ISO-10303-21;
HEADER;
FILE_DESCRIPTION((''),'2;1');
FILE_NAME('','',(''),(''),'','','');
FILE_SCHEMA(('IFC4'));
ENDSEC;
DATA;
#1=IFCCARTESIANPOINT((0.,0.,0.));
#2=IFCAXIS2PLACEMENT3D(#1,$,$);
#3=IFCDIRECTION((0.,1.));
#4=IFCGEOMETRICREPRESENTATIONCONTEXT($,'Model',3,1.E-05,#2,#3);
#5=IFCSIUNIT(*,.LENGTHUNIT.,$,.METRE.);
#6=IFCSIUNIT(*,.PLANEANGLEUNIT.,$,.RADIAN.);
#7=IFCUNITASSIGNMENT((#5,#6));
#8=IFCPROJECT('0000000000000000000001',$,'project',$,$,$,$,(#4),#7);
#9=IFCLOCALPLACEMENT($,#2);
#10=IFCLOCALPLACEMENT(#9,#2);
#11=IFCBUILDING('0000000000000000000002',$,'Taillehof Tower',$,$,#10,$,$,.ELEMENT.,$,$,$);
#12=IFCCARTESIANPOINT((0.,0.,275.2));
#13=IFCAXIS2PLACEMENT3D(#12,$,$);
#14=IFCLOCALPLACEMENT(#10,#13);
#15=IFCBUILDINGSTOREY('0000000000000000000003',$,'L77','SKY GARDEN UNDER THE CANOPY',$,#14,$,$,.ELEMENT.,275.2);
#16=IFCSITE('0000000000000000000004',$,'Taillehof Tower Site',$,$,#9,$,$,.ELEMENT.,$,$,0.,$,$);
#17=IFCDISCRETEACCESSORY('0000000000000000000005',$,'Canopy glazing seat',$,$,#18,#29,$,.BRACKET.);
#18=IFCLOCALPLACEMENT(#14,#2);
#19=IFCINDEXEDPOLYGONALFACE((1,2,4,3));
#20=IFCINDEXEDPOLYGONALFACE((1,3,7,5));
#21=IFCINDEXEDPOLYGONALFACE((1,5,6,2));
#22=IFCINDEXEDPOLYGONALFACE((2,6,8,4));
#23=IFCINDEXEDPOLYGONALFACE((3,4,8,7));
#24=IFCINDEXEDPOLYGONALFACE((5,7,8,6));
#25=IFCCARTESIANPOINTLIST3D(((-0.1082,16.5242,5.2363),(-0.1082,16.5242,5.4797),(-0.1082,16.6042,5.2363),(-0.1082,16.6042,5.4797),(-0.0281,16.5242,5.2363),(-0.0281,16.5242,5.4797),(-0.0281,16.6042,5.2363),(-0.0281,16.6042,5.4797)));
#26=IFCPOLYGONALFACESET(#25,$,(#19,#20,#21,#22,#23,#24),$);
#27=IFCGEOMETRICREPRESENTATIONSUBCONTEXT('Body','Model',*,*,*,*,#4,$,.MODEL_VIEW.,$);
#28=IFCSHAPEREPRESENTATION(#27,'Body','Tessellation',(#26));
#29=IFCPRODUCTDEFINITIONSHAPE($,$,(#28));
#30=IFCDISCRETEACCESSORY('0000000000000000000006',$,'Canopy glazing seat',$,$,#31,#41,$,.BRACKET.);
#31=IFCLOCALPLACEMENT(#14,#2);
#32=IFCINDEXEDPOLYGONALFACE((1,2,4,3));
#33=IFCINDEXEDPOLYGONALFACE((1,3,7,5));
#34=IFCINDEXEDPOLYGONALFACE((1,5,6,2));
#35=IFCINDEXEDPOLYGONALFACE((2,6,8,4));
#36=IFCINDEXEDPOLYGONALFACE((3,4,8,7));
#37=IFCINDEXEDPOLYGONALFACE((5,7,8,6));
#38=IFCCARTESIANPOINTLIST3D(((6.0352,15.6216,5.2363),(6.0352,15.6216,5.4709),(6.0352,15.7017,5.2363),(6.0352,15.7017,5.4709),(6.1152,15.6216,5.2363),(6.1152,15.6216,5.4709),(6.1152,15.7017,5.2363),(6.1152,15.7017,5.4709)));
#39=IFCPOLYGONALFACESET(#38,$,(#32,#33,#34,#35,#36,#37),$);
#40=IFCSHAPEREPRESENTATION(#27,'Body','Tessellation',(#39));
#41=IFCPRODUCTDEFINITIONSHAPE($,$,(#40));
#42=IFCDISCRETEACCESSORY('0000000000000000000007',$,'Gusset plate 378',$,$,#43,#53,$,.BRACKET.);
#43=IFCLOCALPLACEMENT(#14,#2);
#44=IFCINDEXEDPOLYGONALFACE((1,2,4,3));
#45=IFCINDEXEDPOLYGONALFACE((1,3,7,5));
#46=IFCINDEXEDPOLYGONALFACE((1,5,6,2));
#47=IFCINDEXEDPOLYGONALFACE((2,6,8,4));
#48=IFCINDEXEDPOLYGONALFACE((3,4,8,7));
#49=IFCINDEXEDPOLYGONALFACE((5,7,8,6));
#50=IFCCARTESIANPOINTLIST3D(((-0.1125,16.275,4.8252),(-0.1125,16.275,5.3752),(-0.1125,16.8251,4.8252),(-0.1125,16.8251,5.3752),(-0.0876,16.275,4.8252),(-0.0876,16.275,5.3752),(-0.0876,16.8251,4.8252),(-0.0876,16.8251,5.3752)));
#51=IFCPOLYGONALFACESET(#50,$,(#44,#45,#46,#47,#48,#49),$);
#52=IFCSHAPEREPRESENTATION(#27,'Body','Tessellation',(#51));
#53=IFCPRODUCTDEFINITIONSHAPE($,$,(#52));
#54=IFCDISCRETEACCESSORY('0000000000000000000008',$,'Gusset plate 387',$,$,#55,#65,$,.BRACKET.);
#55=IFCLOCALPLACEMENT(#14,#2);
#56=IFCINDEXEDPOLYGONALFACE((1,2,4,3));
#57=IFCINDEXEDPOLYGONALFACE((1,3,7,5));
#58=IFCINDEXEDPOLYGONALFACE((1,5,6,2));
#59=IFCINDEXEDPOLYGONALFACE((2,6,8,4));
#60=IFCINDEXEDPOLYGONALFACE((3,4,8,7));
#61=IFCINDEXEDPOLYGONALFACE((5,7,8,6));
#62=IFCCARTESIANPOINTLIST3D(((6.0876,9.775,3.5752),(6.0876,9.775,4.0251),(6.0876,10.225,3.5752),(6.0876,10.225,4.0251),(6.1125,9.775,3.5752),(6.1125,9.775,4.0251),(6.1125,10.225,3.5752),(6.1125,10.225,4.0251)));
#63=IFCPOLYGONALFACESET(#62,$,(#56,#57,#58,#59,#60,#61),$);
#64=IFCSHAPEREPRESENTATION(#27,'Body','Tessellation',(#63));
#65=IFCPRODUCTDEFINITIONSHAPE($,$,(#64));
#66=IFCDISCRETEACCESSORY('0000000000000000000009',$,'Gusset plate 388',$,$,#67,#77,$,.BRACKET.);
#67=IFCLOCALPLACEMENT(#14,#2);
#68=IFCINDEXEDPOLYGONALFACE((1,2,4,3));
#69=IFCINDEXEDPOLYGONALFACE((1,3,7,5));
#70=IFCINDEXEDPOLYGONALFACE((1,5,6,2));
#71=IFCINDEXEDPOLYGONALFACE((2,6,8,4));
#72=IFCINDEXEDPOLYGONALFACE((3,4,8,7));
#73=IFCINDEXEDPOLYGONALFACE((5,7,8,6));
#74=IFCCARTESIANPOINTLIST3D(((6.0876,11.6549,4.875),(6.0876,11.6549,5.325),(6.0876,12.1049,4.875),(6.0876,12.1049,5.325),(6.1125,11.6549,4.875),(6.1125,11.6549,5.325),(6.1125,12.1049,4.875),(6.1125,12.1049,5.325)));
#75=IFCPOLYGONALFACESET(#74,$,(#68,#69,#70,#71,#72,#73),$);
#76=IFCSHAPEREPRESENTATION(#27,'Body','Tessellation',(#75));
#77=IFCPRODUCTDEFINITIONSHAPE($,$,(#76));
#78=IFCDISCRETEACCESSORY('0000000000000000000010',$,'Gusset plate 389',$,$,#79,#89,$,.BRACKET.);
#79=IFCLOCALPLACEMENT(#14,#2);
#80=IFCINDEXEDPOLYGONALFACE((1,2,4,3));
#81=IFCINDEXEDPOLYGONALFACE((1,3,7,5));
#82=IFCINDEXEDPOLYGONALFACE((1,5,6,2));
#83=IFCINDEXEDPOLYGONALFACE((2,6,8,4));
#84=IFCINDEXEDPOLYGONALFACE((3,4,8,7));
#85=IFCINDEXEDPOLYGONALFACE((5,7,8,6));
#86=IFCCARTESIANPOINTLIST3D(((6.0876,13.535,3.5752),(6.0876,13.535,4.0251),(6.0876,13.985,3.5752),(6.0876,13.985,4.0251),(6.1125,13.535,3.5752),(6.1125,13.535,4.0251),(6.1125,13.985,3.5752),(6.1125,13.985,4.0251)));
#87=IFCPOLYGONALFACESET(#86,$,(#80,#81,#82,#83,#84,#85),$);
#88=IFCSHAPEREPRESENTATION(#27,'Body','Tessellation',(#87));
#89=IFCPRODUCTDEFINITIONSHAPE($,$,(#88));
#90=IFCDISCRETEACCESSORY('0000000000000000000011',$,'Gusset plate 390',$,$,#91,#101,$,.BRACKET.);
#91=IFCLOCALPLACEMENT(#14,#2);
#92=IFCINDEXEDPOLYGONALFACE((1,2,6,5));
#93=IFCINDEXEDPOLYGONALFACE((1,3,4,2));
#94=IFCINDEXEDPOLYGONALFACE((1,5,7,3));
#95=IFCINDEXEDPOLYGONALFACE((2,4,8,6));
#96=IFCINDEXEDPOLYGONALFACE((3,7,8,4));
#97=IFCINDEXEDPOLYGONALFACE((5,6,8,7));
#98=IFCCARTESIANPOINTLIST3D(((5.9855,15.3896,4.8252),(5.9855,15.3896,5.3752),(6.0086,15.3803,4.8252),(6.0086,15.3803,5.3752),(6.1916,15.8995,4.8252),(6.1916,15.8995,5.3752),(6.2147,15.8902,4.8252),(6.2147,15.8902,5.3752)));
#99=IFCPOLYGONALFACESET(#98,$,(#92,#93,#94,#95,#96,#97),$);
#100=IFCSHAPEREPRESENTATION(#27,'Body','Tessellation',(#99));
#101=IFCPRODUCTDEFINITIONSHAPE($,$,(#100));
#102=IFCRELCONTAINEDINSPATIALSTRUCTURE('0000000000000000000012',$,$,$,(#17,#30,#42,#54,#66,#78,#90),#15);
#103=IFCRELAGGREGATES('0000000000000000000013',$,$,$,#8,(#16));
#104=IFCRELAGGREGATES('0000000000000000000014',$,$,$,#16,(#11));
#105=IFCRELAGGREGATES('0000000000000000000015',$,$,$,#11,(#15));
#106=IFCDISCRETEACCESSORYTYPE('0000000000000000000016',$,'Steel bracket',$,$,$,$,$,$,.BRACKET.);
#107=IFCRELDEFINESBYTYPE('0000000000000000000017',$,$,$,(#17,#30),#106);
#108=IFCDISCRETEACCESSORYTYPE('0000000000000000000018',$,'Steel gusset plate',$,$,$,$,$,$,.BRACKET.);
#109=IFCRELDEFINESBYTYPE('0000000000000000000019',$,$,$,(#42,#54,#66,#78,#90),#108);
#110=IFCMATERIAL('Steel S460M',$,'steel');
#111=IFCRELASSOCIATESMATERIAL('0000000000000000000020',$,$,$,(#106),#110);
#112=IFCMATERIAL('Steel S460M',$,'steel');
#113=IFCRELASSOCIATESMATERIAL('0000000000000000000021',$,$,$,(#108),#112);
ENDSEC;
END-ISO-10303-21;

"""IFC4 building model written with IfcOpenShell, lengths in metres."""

from ifc_helpers import new_model, si_unit, direction, frame, origin, origin_2d, place, context, subcontext, project, spatial, rectangle, extrude, material, type_object, element, save


model = new_model("IFC4")

# Units and contexts
model_context = context("Model", 3, precision=1e-05, world=origin(), true_north=direction((0.0, 1.0)))
body_context = subcontext(model_context, "Body", "Model", "MODEL_VIEW")
ifc_project = project(units=[si_unit("LENGTHUNIT", "METRE"), si_unit("PLANEANGLEUNIT", "RADIAN")], contexts=[model_context])

# Site, building, storey
site_placement = place(None, origin())
site = spatial("IfcSite", under=ifc_project, at=site_placement, Name="Taillehof Tower Site", CompositionType="ELEMENT", RefElevation=0.0)
building_placement = place(site_placement, origin())
building = spatial("IfcBuilding", under=site, at=building_placement, Name="Taillehof Tower", CompositionType="ELEMENT")
storey_placement = place(building_placement, frame((0.0, 0.0, 275.2)))
storey = spatial("IfcBuildingStorey", under=building, at=storey_placement, Name="L77", Description="SKY GARDEN UNDER THE CANOPY", CompositionType="ELEMENT", Elevation=275.2)

# Discrete accessories
ifc_material_1 = material(Name="Steel S460M", Category="steel")
discrete_accessory_type_1 = type_object("IfcDiscreteAccessoryType", Name="Steel bracket", PredefinedType="BRACKET", material=ifc_material_1)
discrete_accessory_1_placement = place(storey_placement, frame((-0.0681, 16.5642, 5.2363), z_axis=(0.0, 0.0, 1.0), x_axis=(1.0, 0.0, 0.0)))
element("IfcDiscreteAccessory", 1, at=discrete_accessory_1_placement, inside=storey, type_object=discrete_accessory_type_1, Name="Canopy glazing seat", PredefinedType="BRACKET", context=body_context, shape_type="SweptSolid", body=[
    extrude(rectangle(XDim=0.0801, YDim=0.0801, at=origin_2d()), origin(), (0.0, 0.0, 1.0), 0.2434),
])
discrete_accessory_2_placement = place(storey_placement, frame((6.0752, 15.6616, 5.2363), z_axis=(0.0, 0.0, 1.0), x_axis=(1.0, 0.0, 0.0)))
element("IfcDiscreteAccessory", 2, at=discrete_accessory_2_placement, inside=storey, type_object=discrete_accessory_type_1, Name="Canopy glazing seat", PredefinedType="BRACKET", context=body_context, shape_type="SweptSolid", body=[
    extrude(rectangle(XDim=0.0801, YDim=0.0801, at=origin_2d()), origin(), (0.0, 0.0, 1.0), 0.2346),
])
ifc_material_2 = material(Name="Steel S460M", Category="steel")
discrete_accessory_type_2 = type_object("IfcDiscreteAccessoryType", Name="Steel gusset plate", PredefinedType="BRACKET", material=ifc_material_2)
discrete_accessory_3_placement = place(storey_placement, frame((-0.1001, 16.55, 4.8252), z_axis=(0.0, 0.0, 1.0), x_axis=(0.0, -1.0, 0.0)))
element("IfcDiscreteAccessory", 3, at=discrete_accessory_3_placement, inside=storey, type_object=discrete_accessory_type_2, Name="Gusset plate 378", PredefinedType="BRACKET", context=body_context, shape_type="SweptSolid", body=[
    extrude(rectangle(XDim=0.55, YDim=0.0249, at=origin_2d()), origin(), (0.0, 0.0, 1.0), 0.55),
])
for number, where, z_axis, x_axis, name in (
    (4, (6.1001, 10.0, 3.5752), (0.0, 0.0, 1.0), (0.0, -1.0, 0.0), "Gusset plate 387"),
    (5, (6.1001, 11.8799, 4.875), (0.0, 0.0, 1.0), (0.0, -1.0, 0.0), "Gusset plate 388"),
    (6, (6.1001, 13.76, 3.5752), (0.0, 0.0, 1.0), (0.0, -1.0, 0.0), "Gusset plate 389"),
):
    element("IfcDiscreteAccessory", number, at=place(storey_placement, frame(where, z_axis=z_axis, x_axis=x_axis)), inside=storey, type_object=discrete_accessory_type_2, Name=name, PredefinedType="BRACKET", context=body_context, shape_type="SweptSolid", body=[
        extrude(rectangle(XDim=0.45, YDim=0.0249, at=origin_2d()), origin(), (0.0, 0.0, 1.0), 0.45),
    ])
discrete_accessory_4_placement = place(storey_placement, frame((6.1001, 15.6399, 4.8252), z_axis=(0.0, 0.0, 1.0), x_axis=(-0.374843, -0.927088, 0.0)))
element("IfcDiscreteAccessory", 7, at=discrete_accessory_4_placement, inside=storey, type_object=discrete_accessory_type_2, Name="Gusset plate 390", PredefinedType="BRACKET", context=body_context, shape_type="SweptSolid", body=[
    extrude(rectangle(XDim=0.55, YDim=0.0249, at=origin_2d()), origin(), (0.0, 0.0, 1.0), 0.55),
])

save(model, "model.ifc")
